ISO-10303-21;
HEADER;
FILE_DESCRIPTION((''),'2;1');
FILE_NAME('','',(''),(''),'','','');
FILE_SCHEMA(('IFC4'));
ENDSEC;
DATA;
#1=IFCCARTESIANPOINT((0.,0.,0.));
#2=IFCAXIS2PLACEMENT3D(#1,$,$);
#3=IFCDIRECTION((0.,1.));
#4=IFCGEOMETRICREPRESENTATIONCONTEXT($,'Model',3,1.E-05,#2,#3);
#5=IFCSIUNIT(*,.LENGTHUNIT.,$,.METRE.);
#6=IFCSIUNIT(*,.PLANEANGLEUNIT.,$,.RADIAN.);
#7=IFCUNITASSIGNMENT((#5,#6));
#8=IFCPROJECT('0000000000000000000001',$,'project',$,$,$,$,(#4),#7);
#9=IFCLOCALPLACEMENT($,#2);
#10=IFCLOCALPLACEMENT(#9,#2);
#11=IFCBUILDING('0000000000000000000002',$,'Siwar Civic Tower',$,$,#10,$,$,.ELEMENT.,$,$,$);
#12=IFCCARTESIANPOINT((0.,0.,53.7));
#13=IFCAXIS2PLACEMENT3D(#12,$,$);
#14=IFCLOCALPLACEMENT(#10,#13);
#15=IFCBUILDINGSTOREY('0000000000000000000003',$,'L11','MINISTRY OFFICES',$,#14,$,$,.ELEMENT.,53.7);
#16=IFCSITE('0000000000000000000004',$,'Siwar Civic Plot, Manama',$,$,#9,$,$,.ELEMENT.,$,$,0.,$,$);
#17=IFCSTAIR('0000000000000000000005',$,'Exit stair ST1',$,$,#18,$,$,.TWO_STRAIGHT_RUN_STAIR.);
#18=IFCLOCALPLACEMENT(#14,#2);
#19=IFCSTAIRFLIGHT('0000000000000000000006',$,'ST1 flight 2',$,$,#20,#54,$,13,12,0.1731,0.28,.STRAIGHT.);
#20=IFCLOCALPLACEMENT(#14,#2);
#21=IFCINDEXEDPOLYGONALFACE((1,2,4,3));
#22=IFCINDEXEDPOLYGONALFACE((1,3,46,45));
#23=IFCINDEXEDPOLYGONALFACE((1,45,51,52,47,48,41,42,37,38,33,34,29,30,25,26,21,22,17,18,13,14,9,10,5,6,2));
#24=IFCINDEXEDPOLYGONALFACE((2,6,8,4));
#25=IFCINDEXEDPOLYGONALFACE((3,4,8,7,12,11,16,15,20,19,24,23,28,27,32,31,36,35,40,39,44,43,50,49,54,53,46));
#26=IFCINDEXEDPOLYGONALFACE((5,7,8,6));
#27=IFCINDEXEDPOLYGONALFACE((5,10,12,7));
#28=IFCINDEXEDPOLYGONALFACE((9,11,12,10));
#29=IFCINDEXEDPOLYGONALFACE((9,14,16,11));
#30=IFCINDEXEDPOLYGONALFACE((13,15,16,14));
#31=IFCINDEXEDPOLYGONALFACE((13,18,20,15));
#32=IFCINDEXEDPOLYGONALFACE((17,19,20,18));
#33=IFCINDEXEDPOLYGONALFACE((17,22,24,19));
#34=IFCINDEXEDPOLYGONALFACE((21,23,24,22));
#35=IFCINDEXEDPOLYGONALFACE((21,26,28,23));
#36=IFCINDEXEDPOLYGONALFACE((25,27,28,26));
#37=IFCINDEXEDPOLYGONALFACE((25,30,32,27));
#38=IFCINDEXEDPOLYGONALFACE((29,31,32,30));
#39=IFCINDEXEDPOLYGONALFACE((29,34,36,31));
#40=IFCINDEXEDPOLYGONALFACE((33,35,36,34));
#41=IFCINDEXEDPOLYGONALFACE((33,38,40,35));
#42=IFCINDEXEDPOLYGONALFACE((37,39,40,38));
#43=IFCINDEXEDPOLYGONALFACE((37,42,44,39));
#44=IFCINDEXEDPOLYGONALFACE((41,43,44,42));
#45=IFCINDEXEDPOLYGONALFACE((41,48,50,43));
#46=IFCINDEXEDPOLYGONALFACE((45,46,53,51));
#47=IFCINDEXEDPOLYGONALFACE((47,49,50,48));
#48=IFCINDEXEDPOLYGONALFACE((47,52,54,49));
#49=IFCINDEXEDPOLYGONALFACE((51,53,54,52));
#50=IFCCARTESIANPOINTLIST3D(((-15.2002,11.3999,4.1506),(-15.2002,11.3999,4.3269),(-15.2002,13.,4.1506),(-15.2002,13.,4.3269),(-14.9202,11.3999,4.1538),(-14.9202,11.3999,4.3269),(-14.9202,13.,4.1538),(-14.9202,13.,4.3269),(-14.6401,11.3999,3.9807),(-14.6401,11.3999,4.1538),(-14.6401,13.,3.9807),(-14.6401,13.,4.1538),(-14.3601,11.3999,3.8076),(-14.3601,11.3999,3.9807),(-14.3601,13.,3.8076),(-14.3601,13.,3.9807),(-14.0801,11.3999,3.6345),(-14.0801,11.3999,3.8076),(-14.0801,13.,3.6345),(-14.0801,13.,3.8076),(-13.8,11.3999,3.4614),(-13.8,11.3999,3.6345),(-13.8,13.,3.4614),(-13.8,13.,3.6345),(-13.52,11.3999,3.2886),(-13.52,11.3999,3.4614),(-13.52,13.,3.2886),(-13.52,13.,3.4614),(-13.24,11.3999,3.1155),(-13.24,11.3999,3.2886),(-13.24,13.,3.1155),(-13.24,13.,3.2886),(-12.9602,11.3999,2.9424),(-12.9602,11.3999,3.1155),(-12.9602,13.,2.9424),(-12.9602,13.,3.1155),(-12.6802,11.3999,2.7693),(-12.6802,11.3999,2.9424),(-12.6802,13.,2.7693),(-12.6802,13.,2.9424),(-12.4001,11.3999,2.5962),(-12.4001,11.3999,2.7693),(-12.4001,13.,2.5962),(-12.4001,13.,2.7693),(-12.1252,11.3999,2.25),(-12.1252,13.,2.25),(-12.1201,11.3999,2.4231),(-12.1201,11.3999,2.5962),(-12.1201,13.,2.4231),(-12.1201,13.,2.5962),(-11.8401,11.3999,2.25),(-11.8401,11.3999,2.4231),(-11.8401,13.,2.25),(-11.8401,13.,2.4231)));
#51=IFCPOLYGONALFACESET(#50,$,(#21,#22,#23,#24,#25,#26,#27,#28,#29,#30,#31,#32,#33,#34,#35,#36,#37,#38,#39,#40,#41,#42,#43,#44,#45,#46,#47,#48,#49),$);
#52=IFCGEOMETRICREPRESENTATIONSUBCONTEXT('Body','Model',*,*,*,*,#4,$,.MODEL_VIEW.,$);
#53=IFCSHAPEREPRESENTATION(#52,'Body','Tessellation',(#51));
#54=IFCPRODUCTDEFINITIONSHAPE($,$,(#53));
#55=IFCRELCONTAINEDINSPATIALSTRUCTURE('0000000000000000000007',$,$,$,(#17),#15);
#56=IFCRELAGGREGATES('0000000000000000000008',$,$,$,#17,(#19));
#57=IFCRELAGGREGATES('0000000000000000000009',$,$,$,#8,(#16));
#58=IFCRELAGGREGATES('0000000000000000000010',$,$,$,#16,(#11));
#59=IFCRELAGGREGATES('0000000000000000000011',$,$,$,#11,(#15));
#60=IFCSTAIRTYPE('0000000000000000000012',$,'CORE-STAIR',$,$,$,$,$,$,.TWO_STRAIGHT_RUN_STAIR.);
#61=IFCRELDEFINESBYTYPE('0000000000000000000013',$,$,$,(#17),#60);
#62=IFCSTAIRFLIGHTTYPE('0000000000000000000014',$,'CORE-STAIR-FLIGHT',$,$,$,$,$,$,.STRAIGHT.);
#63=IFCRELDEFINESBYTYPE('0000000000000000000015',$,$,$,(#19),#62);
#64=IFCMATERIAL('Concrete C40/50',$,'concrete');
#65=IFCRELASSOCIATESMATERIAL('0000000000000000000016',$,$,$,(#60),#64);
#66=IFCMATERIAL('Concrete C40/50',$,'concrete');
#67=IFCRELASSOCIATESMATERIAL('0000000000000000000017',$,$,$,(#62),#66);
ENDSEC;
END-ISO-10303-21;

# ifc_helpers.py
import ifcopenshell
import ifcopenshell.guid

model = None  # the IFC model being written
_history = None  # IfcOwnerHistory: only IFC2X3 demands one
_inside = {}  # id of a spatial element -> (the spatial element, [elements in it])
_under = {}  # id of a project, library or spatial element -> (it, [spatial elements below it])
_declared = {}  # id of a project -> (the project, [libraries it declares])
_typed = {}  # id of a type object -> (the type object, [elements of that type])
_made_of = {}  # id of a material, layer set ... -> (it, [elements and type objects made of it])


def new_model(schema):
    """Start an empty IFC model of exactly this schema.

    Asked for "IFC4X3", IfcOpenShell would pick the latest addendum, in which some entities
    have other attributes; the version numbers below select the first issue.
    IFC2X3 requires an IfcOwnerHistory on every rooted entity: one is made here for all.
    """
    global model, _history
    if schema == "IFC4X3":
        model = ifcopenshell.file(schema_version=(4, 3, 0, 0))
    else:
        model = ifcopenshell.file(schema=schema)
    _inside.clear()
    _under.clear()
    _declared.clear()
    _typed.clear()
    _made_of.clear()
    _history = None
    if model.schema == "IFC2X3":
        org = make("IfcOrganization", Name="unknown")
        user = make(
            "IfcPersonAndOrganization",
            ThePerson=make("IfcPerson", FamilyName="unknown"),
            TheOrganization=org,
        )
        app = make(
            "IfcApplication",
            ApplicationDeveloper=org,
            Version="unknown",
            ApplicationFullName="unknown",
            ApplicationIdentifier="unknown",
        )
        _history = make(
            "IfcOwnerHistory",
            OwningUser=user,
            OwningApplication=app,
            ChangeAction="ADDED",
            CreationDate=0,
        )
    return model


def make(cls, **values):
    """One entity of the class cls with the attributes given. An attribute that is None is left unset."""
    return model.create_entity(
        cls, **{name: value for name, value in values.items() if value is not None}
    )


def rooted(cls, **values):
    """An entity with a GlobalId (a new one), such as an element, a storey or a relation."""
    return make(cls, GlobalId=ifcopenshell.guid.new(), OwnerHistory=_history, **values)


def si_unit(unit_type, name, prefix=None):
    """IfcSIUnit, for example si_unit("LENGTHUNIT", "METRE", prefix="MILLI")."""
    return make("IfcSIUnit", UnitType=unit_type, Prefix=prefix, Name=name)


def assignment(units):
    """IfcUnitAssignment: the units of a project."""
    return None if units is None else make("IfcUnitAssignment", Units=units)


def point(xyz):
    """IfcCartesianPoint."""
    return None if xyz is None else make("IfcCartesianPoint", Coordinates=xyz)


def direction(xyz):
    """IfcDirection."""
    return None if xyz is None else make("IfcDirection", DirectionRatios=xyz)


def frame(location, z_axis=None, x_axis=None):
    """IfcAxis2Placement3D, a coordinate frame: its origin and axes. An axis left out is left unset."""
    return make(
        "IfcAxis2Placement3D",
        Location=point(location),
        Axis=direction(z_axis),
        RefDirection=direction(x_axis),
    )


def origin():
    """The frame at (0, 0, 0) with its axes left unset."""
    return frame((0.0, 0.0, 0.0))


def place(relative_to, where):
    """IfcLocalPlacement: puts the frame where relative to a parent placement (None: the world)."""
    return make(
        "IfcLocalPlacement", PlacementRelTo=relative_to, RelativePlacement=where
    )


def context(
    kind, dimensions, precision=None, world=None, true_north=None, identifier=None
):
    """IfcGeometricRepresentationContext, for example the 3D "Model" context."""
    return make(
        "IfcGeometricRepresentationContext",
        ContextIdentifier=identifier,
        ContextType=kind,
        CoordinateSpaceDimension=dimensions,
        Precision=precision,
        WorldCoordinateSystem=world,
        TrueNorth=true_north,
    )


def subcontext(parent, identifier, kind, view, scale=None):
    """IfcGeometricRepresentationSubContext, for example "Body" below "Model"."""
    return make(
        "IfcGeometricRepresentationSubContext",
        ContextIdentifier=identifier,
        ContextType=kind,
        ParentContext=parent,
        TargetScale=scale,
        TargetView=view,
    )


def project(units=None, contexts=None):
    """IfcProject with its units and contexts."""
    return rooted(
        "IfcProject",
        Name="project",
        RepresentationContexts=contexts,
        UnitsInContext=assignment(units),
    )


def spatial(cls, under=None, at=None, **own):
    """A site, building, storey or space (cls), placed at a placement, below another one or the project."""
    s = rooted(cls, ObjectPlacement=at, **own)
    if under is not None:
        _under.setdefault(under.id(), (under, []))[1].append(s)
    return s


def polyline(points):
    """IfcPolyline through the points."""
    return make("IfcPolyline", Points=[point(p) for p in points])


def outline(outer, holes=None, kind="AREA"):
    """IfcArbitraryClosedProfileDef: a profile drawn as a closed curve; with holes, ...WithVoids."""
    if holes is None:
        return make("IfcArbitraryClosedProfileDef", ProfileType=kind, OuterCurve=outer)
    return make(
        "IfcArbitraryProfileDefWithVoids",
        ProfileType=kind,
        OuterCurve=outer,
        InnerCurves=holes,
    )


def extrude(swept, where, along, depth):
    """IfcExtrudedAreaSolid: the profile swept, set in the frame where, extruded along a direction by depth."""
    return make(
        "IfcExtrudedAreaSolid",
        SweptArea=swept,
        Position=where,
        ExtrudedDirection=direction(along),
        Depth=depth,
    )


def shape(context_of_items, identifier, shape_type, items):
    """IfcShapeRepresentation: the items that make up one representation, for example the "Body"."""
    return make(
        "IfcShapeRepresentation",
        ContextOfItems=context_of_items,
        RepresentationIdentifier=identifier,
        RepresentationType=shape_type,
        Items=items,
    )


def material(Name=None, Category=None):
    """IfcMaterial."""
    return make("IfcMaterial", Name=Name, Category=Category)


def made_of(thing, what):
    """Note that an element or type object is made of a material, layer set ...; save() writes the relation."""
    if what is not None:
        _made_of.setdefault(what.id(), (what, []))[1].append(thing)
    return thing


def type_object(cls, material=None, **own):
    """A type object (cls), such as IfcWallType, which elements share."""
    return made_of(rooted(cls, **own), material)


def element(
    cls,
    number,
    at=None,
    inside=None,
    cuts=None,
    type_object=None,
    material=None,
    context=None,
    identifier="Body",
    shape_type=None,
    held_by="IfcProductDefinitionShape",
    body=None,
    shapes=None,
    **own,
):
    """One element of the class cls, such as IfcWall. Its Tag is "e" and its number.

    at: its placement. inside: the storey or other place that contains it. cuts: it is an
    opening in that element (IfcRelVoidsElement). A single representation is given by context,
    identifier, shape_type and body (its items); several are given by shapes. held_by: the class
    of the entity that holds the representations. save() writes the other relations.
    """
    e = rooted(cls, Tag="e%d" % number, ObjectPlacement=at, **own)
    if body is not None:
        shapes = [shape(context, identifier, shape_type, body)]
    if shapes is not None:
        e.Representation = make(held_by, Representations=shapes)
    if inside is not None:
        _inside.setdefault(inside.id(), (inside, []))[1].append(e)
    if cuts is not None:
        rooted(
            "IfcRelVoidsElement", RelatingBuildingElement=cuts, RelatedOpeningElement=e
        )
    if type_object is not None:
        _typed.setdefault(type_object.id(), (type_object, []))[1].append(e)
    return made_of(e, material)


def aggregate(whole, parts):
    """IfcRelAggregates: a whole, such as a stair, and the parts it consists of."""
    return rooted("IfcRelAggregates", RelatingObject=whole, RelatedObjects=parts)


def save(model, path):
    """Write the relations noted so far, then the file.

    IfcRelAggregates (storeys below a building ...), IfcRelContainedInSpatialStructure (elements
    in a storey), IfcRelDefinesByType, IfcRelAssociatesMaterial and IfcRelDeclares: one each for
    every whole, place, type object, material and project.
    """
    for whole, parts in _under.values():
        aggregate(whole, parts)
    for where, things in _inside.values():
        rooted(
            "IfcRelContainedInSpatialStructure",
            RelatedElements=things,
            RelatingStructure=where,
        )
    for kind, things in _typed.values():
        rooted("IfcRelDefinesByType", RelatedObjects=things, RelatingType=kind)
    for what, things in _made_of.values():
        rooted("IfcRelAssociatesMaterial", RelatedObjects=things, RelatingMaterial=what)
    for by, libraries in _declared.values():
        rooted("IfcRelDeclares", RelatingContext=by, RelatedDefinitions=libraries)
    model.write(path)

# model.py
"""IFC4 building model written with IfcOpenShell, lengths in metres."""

from ifc_helpers import new_model, si_unit, direction, frame, origin, place, context, subcontext, project, spatial, polyline, outline, extrude, material, type_object, element, aggregate, save


model = new_model("IFC4")

# Units and contexts
model_context = context("Model", 3, precision=1e-05, world=origin(), true_north=direction((0.0, 1.0)))
body_context = subcontext(model_context, "Body", "Model", "MODEL_VIEW")
ifc_project = project(units=[si_unit("LENGTHUNIT", "METRE"), si_unit("PLANEANGLEUNIT", "RADIAN")], contexts=[model_context])

# Site, building, storey
site_placement = place(None, origin())
site = spatial("IfcSite", under=ifc_project, at=site_placement, Name="Siwar Civic Plot, Manama", CompositionType="ELEMENT", RefElevation=0.0)
building_placement = place(site_placement, origin())
building = spatial("IfcBuilding", under=site, at=building_placement, Name="Siwar Civic Tower", CompositionType="ELEMENT")
storey_placement = place(building_placement, frame((0.0, 0.0, 53.7)))
storey = spatial("IfcBuildingStorey", under=building, at=storey_placement, Name="L11", Description="MINISTRY OFFICES", CompositionType="ELEMENT", Elevation=53.7)

# Stair, stair flight
ifc_material_1 = material(Name="Concrete C40/50", Category="concrete")
stair_type = type_object("IfcStairType", Name="CORE-STAIR", PredefinedType="TWO_STRAIGHT_RUN_STAIR", material=ifc_material_1)
stair_placement = place(storey_placement, origin())
stair = element("IfcStair", 1, at=stair_placement, inside=storey, type_object=stair_type, Name="Exit stair ST1", PredefinedType="TWO_STRAIGHT_RUN_STAIR")
ifc_material_2 = material(Name="Concrete C40/50", Category="concrete")
stair_flight_type = type_object("IfcStairFlightType", Name="CORE-STAIR-FLIGHT", PredefinedType="STRAIGHT", material=ifc_material_2)
stair_flight_1_placement = place(storey_placement, frame((-11.8401, 12.2, 2.25), z_axis=(0.0, 0.0, 1.0), x_axis=(-1.0, 0.0, 0.0)))
stair_flight_1 = element("IfcStairFlight", 2, at=stair_flight_1_placement, type_object=stair_flight_type, Name="ST1 flight 2", NumberOfRisers=13, NumberOfTreads=12, PredefinedType="STRAIGHT", RiserHeight=0.1731, TreadLength=0.28, context=body_context, shape_type="SweptSolid", body=[
    extrude(outline(polyline([(0.0, 0.0), (0.0, 0.1731), (0.28, 0.1731), (0.28, 0.3462), (0.5601, 0.3462), (0.5601, 0.5193), (0.8401, 0.5193), (0.8401, 0.6924), (1.1201, 0.6924), (1.1201, 0.8655), (1.3999, 0.8655), (1.3999, 1.0386), (1.6799, 1.0386), (1.6799, 1.2114), (1.96, 1.2114), (1.96, 1.3845), (2.24, 1.3845), (2.24, 1.5576), (2.52, 1.5576), (2.52, 1.7307), (2.8, 1.7307), (2.8, 1.9038), (3.0801, 1.9038), (3.0801, 2.0769), (3.3601, 2.0769), (3.3601, 2.25), (3.3601, 1.9006), (0.2852, 0.0), (0.0, 0.0)])), frame((0.0, 0.8, 0.0), z_axis=(0.0, -1.0, 0.0), x_axis=(1.0, 0.0, 0.0)), (0.0, 0.0, 1.0), 1.6001),
])
aggregate(stair, [stair_flight_1])

save(model, "model.ifc")
